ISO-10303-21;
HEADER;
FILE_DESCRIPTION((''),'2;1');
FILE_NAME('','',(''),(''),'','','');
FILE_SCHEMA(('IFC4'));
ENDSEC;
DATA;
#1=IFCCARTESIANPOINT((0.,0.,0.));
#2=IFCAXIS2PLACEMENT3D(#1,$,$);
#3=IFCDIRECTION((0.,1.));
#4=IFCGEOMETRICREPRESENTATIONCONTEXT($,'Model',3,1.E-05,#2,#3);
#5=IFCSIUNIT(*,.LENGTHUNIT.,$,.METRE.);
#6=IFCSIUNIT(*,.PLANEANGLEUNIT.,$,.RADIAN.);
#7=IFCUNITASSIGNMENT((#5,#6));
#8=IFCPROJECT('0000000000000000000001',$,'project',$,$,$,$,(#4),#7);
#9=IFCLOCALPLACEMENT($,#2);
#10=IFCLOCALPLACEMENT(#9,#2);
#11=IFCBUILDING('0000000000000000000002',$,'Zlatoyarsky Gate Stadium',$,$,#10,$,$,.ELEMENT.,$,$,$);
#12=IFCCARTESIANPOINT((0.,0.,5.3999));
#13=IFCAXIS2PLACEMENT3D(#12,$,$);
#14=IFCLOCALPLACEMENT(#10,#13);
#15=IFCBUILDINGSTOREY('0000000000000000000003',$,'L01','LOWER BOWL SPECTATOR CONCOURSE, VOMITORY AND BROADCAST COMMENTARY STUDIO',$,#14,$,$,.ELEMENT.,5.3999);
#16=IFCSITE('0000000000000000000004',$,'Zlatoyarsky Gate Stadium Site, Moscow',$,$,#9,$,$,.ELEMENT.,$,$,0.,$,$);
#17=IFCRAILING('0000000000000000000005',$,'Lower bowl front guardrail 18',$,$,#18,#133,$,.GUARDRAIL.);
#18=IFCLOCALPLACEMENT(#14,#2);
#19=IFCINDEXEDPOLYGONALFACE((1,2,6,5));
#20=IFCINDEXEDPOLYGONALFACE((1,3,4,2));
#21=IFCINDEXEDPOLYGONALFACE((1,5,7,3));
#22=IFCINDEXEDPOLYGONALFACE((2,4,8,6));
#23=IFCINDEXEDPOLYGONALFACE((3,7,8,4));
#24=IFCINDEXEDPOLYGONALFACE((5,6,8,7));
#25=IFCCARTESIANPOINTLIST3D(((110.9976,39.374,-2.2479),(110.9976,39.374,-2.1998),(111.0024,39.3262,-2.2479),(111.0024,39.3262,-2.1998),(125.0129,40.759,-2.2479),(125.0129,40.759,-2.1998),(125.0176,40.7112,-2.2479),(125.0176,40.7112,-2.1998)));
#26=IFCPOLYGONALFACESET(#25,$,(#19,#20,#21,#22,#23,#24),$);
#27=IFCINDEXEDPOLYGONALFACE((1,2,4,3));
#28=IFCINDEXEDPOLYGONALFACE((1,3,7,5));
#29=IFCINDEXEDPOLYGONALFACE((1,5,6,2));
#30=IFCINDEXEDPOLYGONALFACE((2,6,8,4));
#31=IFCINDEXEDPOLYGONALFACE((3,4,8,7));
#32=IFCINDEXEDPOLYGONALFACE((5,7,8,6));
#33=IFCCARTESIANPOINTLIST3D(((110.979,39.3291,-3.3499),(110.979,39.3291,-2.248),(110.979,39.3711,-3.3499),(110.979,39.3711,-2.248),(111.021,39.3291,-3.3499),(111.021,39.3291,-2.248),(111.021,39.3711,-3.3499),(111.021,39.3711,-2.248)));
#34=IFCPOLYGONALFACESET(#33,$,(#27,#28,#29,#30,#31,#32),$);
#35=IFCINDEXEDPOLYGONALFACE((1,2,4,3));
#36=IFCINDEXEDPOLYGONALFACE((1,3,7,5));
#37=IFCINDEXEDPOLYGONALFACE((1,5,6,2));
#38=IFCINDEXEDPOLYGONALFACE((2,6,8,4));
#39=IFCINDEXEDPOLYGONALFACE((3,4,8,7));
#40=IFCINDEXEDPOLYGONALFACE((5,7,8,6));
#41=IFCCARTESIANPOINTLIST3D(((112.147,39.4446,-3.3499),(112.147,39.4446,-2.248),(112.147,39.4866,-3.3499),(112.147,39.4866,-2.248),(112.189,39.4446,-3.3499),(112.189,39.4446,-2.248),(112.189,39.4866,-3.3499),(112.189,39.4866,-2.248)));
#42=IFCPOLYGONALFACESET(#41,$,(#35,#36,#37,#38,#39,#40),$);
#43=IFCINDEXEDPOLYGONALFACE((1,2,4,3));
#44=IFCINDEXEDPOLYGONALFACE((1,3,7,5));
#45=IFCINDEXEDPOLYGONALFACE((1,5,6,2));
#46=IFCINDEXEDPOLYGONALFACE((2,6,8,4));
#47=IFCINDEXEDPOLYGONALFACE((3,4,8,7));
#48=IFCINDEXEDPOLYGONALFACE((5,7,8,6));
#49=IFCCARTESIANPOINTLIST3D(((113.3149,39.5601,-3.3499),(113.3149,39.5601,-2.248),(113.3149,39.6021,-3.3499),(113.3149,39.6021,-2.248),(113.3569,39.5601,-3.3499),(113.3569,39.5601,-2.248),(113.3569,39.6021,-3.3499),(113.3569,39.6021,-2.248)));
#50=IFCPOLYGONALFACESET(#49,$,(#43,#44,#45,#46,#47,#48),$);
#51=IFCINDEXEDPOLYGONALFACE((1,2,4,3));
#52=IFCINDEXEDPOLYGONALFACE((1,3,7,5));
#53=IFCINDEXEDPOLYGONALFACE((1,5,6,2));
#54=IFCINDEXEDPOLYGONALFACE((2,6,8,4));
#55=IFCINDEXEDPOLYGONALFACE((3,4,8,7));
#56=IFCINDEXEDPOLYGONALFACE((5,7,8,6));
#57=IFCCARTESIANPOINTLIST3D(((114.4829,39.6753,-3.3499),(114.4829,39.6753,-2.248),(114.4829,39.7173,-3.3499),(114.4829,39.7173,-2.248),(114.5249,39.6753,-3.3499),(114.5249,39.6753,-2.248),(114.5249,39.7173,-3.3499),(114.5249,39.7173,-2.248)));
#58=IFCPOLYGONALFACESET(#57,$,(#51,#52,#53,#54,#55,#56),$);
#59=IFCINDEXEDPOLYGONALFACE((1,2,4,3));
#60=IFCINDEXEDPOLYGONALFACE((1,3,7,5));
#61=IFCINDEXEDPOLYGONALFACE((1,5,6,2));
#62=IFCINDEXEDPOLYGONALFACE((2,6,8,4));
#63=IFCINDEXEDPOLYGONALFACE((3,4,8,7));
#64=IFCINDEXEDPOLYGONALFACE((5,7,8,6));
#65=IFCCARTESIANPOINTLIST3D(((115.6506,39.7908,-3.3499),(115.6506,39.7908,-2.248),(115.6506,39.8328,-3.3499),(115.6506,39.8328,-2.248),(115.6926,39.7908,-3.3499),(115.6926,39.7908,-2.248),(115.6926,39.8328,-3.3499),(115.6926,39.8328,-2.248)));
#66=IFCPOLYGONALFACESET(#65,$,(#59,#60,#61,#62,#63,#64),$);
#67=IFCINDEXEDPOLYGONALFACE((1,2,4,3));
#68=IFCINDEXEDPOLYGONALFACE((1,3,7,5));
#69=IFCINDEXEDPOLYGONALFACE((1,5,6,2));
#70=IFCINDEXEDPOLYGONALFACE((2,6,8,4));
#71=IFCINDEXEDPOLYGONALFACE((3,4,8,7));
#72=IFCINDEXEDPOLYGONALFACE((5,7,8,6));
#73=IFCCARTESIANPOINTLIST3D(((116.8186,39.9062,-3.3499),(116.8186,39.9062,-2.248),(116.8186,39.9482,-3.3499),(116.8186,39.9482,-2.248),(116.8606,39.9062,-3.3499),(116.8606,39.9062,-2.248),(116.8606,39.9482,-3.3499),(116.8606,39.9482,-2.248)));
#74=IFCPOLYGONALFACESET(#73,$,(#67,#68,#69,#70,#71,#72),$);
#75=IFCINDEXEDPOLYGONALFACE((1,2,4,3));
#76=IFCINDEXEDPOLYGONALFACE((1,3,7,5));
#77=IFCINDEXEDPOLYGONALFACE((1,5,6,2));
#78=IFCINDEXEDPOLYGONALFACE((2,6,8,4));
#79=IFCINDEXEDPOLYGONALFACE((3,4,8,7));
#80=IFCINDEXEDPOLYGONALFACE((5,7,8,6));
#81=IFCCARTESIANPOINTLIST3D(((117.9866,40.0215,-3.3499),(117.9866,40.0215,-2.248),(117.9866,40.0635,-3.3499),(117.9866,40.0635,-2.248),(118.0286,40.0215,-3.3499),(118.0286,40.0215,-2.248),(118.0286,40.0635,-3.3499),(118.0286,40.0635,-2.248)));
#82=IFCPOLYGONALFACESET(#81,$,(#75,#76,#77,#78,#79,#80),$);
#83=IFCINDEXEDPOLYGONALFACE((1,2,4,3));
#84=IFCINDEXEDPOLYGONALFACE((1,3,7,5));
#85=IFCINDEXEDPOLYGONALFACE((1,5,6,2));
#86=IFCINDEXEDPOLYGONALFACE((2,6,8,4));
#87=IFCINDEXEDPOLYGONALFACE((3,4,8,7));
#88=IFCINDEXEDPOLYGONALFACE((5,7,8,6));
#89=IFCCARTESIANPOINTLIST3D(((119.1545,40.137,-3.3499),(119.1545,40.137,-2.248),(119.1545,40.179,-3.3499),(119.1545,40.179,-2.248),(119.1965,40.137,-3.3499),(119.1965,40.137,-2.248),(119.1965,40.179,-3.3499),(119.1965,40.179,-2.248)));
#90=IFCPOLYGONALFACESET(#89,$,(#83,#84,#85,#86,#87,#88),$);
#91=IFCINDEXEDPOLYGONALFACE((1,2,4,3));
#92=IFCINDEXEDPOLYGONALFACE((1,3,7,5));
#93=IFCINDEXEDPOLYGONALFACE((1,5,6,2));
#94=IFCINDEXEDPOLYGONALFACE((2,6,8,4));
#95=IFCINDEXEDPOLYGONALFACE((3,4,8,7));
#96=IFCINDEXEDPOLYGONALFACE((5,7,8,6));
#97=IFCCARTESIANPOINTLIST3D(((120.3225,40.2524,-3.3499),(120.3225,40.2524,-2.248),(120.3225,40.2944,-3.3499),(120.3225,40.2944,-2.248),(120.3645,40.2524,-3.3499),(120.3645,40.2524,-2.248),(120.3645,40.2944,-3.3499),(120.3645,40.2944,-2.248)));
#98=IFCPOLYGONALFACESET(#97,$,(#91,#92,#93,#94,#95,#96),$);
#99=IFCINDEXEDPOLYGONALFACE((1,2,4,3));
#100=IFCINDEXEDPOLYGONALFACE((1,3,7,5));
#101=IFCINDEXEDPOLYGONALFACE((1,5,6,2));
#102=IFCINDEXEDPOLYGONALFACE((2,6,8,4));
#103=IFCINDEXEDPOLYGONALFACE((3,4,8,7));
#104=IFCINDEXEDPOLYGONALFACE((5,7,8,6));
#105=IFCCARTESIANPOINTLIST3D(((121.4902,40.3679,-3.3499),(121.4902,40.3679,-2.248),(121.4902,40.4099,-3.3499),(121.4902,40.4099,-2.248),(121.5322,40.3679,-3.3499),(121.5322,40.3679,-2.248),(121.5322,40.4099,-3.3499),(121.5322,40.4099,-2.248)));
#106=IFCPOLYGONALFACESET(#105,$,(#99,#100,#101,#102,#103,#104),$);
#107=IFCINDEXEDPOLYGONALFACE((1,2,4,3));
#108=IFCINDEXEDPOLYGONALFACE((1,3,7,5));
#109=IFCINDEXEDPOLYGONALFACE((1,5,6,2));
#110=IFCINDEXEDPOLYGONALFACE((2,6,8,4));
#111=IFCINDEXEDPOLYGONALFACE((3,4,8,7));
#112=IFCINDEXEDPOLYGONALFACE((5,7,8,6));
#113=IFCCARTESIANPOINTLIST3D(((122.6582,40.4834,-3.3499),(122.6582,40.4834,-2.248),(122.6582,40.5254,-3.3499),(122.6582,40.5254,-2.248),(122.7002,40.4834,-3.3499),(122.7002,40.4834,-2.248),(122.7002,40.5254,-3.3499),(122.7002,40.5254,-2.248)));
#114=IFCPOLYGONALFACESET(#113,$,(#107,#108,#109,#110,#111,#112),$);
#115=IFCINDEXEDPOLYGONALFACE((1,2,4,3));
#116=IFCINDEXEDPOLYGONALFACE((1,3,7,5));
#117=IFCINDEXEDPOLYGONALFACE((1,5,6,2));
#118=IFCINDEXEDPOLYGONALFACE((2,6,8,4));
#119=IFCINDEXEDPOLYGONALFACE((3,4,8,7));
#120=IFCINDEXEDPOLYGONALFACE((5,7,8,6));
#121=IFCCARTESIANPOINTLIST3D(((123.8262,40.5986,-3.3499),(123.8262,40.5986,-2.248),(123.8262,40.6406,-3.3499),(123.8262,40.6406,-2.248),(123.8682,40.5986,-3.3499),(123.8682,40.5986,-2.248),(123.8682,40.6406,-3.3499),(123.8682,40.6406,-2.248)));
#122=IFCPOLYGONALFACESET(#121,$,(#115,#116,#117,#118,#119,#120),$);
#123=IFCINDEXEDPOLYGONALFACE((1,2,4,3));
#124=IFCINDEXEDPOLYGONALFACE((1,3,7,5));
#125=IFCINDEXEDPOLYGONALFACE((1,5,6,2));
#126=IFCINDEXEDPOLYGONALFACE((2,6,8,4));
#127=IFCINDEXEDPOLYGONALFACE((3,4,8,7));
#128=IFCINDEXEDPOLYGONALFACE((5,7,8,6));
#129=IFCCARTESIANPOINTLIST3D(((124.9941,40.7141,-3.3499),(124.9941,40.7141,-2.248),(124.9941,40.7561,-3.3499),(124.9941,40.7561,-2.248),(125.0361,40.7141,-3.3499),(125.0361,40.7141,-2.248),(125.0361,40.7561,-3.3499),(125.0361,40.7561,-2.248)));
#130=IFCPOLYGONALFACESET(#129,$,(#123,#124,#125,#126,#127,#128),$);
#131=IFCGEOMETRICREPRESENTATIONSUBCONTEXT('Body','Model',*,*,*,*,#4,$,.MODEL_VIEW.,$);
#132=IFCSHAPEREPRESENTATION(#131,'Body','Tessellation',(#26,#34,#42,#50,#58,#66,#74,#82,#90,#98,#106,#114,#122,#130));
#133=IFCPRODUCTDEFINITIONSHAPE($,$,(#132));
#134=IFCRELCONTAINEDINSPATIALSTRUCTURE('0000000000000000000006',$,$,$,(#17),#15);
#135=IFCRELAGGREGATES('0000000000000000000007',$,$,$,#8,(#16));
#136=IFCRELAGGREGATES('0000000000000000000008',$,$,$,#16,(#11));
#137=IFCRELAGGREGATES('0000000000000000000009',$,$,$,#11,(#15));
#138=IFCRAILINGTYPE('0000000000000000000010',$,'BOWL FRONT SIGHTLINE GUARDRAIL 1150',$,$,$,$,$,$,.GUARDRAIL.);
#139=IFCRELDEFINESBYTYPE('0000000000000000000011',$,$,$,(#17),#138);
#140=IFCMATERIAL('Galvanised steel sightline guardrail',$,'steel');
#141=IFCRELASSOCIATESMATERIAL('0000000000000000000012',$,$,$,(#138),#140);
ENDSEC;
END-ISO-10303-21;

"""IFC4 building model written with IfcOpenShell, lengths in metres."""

from ifc_helpers import new_model, si_unit, direction, frame, origin, origin_2d, place, context, subcontext, project, spatial, rectangle, extrude, material, type_object, element, save


model = new_model("IFC4")

# Units and contexts
model_context = context("Model", 3, precision=1e-05, world=origin(), true_north=direction((0.0, 1.0)))
body_context = subcontext(model_context, "Body", "Model", "MODEL_VIEW")
ifc_project = project(units=[si_unit("LENGTHUNIT", "METRE"), si_unit("PLANEANGLEUNIT", "RADIAN")], contexts=[model_context])

# Site, building, storey
site_placement = place(None, origin())
site = spatial("IfcSite", under=ifc_project, at=site_placement, Name="Zlatoyarsky Gate Stadium Site, Moscow", CompositionType="ELEMENT", RefElevation=0.0)
building_placement = place(site_placement, origin())
building = spatial("IfcBuilding", under=site, at=building_placement, Name="Zlatoyarsky Gate Stadium", CompositionType="ELEMENT")
storey_placement = place(building_placement, frame((0.0, 0.0, 5.3999)))
storey = spatial("IfcBuildingStorey", under=building, at=storey_placement, Name="L01", Description="LOWER BOWL SPECTATOR CONCOURSE, VOMITORY AND BROADCAST COMMENTARY STUDIO", CompositionType="ELEMENT", Elevation=5.3999)

# Railing
ifc_material_1 = material(Name="Galvanised steel sightline guardrail", Category="steel")
railing_type_1 = type_object("IfcRailingType", Name="BOWL FRONT SIGHTLINE GUARDRAIL 1150", PredefinedType="GUARDRAIL", material=ifc_material_1)
railing_1_placement = place(storey_placement, frame((111.0, 39.3501, -3.3499)))
element("IfcRailing", 1, at=railing_1_placement, inside=storey, type_object=railing_type_1, Name="Lower bowl front guardrail 18", PredefinedType="GUARDRAIL", context=body_context, shape_type="SweptSolid", body=[
    extrude(rectangle(XDim=0.0481, YDim=0.0481, at=origin_2d()), frame((0.0, 0.0, 1.126), z_axis=(0.995153, 0.098343, 0.0), x_axis=(-0.098343, 0.995153, 0.0)), (0.0, 0.0, 1.0), 14.0835),
    extrude(rectangle(XDim=0.042, YDim=0.042, at=origin_2d()), origin(), (0.0, 0.0, 1.0), 1.1018),
    extrude(rectangle(XDim=0.042, YDim=0.042, at=origin_2d()), frame((1.168, 0.1155, 0.0)), (0.0, 0.0, 1.0), 1.1018),
    extrude(rectangle(XDim=0.042, YDim=0.042, at=origin_2d()), frame((2.3359, 0.231, 0.0)), (0.0, 0.0, 1.0), 1.1018),
    extrude(rectangle(XDim=0.042, YDim=0.042, at=origin_2d()), frame((3.5039, 0.3462, 0.0)), (0.0, 0.0, 1.0), 1.1018),
    extrude(rectangle(XDim=0.042, YDim=0.042, at=origin_2d()), frame((4.6716, 0.4617, 0.0)), (0.0, 0.0, 1.0), 1.1018),
    extrude(rectangle(XDim=0.042, YDim=0.042, at=origin_2d()), frame((5.8396, 0.5771, 0.0)), (0.0, 0.0, 1.0), 1.1018),
    extrude(rectangle(XDim=0.042, YDim=0.042, at=origin_2d()), frame((7.0076, 0.6924, 0.0)), (0.0, 0.0, 1.0), 1.1018),
    extrude(rectangle(XDim=0.042, YDim=0.042, at=origin_2d()), frame((8.1755, 0.8079, 0.0)), (0.0, 0.0, 1.0), 1.1018),
    extrude(rectangle(XDim=0.042, YDim=0.042, at=origin_2d()), frame((9.3435, 0.9233, 0.0)), (0.0, 0.0, 1.0), 1.1018),
    extrude(rectangle(XDim=0.042, YDim=0.042, at=origin_2d()), frame((10.5112, 1.0388, 0.0)), (0.0, 0.0, 1.0), 1.1018),
    extrude(rectangle(XDim=0.042, YDim=0.042, at=origin_2d()), frame((11.6792, 1.1543, 0.0)), (0.0, 0.0, 1.0), 1.1018),
    extrude(rectangle(XDim=0.042, YDim=0.042, at=origin_2d()), frame((12.8472, 1.2695, 0.0)), (0.0, 0.0, 1.0), 1.1018),
    extrude(rectangle(XDim=0.042, YDim=0.042, at=origin_2d()), frame((14.0151, 1.385, 0.0)), (0.0, 0.0, 1.0), 1.1018),
])

save(model, "model.ifc")
